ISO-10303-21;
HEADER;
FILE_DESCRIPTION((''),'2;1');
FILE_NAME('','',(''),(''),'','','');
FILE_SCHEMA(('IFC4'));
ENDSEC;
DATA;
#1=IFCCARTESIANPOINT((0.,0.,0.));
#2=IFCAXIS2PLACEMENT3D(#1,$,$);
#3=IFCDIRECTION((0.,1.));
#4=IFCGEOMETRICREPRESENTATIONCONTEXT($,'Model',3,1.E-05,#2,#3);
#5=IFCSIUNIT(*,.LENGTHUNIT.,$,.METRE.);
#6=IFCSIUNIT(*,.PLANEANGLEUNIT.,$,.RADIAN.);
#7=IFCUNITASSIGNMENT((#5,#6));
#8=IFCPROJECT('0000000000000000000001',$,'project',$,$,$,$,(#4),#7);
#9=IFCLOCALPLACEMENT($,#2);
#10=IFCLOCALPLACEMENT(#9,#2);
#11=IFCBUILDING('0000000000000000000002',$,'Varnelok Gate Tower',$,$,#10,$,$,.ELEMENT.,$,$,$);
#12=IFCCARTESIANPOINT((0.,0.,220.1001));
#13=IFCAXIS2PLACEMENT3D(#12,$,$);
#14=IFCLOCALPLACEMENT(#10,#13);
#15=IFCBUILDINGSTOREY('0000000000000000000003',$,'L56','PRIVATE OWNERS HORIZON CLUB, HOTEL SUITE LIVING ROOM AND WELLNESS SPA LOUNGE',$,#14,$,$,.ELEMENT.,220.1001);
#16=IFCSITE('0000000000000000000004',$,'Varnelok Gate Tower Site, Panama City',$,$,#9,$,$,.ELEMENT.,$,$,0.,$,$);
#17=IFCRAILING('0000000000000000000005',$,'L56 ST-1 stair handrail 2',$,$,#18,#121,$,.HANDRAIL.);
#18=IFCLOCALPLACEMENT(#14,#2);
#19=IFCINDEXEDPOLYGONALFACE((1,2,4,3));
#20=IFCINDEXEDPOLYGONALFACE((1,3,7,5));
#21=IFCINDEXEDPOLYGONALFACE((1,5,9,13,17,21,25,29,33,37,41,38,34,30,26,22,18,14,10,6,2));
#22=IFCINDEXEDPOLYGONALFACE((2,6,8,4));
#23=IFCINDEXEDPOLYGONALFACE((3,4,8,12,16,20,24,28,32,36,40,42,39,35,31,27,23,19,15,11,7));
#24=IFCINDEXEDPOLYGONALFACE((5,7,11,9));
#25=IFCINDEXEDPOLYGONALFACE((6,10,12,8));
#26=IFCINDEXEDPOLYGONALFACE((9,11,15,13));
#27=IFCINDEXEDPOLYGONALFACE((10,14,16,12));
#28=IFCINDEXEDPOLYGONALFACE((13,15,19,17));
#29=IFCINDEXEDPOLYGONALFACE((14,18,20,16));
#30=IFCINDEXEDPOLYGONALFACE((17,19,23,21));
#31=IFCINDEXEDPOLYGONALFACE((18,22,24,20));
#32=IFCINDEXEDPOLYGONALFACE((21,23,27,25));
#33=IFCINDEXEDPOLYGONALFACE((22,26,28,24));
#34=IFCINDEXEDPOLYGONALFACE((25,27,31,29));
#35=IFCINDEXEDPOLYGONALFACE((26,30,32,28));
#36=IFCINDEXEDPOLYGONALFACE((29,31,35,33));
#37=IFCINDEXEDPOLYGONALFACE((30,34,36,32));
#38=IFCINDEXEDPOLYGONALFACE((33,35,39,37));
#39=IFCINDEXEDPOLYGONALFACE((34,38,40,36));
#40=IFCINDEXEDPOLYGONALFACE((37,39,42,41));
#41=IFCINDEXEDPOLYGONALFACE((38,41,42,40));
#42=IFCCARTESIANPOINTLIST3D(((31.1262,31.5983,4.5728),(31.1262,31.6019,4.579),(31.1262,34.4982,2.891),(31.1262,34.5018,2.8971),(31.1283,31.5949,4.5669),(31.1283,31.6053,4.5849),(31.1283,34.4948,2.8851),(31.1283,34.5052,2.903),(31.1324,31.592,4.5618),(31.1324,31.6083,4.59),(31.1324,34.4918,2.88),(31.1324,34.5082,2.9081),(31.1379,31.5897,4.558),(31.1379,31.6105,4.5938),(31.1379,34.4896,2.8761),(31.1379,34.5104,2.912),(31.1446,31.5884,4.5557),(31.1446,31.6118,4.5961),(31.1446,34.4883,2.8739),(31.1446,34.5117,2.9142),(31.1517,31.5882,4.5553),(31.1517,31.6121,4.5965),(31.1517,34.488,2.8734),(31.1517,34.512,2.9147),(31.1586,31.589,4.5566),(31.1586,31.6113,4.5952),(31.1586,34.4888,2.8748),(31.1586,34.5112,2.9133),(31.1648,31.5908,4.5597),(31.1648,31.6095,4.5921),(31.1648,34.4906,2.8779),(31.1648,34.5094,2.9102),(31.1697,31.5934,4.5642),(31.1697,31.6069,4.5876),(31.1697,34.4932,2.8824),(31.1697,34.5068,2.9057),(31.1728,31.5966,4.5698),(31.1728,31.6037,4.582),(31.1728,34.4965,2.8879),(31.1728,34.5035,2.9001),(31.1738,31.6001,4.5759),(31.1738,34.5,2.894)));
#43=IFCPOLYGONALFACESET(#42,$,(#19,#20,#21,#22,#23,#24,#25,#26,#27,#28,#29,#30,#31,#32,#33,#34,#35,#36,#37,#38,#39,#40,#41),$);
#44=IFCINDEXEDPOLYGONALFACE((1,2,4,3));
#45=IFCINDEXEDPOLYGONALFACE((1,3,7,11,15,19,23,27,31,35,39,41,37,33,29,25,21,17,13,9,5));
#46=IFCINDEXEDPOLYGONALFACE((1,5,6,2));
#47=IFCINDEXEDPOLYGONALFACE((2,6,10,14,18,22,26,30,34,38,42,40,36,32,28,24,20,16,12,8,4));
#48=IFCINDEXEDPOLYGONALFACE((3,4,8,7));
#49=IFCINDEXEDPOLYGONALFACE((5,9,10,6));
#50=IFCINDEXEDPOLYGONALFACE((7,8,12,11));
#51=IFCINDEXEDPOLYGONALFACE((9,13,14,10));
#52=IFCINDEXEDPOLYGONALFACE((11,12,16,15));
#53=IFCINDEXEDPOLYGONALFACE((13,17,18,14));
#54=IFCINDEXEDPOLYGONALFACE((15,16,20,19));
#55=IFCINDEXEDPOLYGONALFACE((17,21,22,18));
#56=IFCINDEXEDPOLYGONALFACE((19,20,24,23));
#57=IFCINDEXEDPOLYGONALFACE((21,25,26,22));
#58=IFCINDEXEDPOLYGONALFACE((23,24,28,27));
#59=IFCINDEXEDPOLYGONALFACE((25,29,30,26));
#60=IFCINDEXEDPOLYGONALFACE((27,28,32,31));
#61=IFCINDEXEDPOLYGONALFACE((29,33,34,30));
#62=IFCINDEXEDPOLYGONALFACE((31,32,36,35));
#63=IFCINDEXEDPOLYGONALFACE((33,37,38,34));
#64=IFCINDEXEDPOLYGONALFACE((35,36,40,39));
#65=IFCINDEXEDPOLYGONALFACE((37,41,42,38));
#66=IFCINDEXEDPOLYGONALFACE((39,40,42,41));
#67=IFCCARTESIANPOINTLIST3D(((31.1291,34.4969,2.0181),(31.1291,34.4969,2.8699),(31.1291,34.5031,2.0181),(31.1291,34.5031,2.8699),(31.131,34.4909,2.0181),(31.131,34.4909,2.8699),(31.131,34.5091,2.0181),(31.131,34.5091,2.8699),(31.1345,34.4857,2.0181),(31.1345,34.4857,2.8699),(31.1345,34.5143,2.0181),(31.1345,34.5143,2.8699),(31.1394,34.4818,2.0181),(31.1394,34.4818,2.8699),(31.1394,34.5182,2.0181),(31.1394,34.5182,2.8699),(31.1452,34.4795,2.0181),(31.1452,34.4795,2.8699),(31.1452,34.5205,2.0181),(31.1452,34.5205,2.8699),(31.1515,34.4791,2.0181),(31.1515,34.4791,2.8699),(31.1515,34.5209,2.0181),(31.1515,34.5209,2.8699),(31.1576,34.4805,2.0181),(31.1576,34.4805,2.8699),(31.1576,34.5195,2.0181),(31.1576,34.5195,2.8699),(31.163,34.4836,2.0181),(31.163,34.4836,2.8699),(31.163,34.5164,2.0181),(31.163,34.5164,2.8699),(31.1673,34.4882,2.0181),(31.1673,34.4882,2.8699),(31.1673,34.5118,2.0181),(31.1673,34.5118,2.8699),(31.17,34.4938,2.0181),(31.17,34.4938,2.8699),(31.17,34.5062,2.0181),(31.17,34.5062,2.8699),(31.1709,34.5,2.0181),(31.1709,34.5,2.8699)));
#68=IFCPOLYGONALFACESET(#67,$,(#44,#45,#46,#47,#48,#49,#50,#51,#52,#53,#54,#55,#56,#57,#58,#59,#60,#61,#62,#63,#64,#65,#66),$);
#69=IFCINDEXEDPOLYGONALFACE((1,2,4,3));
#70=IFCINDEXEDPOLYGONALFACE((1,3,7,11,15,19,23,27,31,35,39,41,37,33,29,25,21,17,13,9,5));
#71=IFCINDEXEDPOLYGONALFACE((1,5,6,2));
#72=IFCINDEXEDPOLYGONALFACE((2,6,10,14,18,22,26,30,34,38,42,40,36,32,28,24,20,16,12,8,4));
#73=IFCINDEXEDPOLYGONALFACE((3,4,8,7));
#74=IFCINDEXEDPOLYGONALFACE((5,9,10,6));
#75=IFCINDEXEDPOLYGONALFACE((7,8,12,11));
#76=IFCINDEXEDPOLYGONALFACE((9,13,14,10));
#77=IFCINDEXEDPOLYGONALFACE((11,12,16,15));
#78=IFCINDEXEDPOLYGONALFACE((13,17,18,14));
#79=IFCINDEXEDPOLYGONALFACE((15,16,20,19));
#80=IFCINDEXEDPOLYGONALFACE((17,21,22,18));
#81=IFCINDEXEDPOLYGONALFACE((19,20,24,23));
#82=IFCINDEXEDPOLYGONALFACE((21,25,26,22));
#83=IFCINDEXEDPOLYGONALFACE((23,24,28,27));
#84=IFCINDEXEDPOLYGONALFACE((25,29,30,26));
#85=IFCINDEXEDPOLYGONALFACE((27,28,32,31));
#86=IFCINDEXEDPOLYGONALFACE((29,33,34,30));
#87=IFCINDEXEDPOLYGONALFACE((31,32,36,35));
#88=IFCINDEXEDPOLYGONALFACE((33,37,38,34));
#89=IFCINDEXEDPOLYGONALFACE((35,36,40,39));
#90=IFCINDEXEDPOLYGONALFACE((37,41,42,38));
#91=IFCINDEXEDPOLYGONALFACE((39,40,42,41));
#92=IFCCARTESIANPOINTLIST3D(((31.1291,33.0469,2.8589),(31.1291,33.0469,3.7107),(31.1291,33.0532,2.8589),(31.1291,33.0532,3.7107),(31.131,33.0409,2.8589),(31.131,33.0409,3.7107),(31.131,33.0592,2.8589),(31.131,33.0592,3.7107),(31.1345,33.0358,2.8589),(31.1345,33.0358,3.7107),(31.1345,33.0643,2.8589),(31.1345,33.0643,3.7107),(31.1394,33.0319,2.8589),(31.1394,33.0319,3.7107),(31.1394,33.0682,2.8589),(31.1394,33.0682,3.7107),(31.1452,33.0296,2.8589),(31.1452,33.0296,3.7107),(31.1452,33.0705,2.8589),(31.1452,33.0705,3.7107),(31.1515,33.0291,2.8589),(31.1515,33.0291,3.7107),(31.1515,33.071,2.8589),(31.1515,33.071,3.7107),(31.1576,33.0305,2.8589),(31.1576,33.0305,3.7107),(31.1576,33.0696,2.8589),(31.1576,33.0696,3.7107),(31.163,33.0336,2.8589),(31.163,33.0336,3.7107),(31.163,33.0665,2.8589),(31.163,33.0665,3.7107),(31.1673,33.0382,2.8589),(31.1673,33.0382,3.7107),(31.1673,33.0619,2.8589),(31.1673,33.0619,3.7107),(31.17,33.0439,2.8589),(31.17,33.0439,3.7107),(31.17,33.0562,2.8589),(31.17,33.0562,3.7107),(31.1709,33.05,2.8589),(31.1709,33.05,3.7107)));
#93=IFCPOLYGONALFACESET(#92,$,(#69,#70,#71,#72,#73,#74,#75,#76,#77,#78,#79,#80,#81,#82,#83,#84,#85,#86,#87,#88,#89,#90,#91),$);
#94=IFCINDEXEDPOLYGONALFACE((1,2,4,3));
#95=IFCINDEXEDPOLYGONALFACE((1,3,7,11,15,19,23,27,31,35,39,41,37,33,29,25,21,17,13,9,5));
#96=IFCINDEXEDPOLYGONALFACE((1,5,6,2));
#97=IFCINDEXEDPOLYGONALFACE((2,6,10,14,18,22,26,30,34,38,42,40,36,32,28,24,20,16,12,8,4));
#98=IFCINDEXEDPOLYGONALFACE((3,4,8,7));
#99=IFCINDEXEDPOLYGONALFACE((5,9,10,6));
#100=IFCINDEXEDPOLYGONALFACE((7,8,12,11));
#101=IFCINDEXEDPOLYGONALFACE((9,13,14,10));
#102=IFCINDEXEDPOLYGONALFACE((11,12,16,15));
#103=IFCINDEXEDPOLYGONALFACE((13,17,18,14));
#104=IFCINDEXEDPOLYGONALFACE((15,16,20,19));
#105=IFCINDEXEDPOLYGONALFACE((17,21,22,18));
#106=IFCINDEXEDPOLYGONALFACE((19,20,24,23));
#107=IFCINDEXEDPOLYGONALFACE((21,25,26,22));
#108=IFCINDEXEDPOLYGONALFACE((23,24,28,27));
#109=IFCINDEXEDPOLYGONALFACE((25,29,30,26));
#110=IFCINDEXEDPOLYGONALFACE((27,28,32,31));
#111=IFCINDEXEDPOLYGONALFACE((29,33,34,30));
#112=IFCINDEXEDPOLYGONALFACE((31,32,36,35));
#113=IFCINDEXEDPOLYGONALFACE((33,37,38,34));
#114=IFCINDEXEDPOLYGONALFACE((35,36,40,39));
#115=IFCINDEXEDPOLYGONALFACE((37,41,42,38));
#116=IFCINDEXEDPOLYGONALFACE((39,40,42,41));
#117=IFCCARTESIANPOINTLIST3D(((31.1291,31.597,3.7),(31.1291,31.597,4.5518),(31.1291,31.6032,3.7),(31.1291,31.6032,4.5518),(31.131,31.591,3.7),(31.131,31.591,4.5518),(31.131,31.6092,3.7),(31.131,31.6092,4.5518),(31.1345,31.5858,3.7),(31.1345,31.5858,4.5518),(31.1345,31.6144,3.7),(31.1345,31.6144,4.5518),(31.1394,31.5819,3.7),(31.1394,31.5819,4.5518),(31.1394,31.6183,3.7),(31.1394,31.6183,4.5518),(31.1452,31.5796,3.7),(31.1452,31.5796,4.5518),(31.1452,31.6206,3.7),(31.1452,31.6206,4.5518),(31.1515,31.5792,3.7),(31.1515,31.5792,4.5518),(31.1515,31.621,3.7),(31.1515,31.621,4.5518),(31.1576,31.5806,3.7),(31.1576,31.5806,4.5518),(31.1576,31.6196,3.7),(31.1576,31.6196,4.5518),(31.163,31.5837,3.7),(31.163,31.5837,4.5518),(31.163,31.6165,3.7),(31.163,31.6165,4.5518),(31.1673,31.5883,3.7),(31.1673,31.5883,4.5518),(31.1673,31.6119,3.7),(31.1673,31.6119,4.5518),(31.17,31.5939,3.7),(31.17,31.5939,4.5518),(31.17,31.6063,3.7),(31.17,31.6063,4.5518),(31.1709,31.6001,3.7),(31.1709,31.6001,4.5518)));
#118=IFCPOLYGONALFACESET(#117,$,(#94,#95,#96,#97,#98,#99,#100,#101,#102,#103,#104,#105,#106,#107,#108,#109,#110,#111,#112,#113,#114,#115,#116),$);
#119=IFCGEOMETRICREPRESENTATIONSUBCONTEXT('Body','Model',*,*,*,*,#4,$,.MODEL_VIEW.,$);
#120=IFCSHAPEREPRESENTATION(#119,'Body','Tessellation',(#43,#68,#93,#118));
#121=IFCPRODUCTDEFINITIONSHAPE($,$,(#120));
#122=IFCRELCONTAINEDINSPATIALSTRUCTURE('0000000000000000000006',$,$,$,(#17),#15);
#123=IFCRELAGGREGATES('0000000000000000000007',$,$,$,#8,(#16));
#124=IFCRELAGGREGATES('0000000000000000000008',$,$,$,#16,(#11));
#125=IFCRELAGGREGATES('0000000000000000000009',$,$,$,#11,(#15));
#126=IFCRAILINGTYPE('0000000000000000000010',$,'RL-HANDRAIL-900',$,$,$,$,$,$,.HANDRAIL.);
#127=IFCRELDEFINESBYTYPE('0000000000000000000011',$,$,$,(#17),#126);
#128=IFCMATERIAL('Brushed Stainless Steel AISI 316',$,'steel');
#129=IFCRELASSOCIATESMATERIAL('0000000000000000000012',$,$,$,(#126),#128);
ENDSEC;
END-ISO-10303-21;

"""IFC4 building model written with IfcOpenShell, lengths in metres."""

from ifc_helpers import new_model, si_unit, direction, frame, origin, origin_2d, place, context, subcontext, project, spatial, circle, extrude, material, type_object, element, save


model = new_model("IFC4")

# Units and contexts
model_context = context("Model", 3, precision=1e-05, world=origin(), true_north=direction((0.0, 1.0)))
body_context = subcontext(model_context, "Body", "Model", "MODEL_VIEW")
ifc_project = project(units=[si_unit("LENGTHUNIT", "METRE"), si_unit("PLANEANGLEUNIT", "RADIAN")], contexts=[model_context])

# Site, building, storey
site_placement = place(None, origin())
site = spatial("IfcSite", under=ifc_project, at=site_placement, Name="Varnelok Gate Tower Site, Panama City", CompositionType="ELEMENT", RefElevation=0.0)
building_placement = place(site_placement, origin())
building = spatial("IfcBuilding", under=site, at=building_placement, Name="Varnelok Gate Tower", CompositionType="ELEMENT")
storey_placement = place(building_placement, frame((0.0, 0.0, 220.1001)))
storey = spatial("IfcBuildingStorey", under=building, at=storey_placement, Name="L56", Description="PRIVATE OWNERS HORIZON CLUB, HOTEL SUITE LIVING ROOM AND WELLNESS SPA LOUNGE", CompositionType="ELEMENT", Elevation=220.1001)

# Railing
ifc_material_1 = material(Name="Brushed Stainless Steel AISI 316", Category="steel")
railing_type_1 = type_object("IfcRailingType", Name="RL-HANDRAIL-900", PredefinedType="HANDRAIL", material=ifc_material_1)
railing_1_placement = place(storey_placement, frame((31.1499, 34.5, 2.0181)))
element("IfcRailing", 1, at=railing_1_placement, inside=storey, type_object=railing_type_1, Name="L56 ST-1 stair handrail 2", PredefinedType="HANDRAIL", context=body_context, shape_type="SweptSolid", body=[
    extrude(circle(Radius=0.0239, at=origin_2d()), frame((0.0, 0.0, 0.876), z_axis=(0.0, -0.865039, 0.501705), x_axis=(1.0, 0.0, 0.0)), (0.0, 0.0, 1.0), 3.3523),
    extrude(circle(Radius=0.021, at=origin_2d()), origin(), (0.0, 0.0, 1.0), 0.8518),
    extrude(circle(Radius=0.021, at=origin_2d()), frame((0.0, -1.45, 0.8408)), (0.0, 0.0, 1.0), 0.8518),
    extrude(circle(Radius=0.021, at=origin_2d()), frame((0.0, -2.8999, 1.6819)), (0.0, 0.0, 1.0), 0.8518),
])

save(model, "model.ifc")
